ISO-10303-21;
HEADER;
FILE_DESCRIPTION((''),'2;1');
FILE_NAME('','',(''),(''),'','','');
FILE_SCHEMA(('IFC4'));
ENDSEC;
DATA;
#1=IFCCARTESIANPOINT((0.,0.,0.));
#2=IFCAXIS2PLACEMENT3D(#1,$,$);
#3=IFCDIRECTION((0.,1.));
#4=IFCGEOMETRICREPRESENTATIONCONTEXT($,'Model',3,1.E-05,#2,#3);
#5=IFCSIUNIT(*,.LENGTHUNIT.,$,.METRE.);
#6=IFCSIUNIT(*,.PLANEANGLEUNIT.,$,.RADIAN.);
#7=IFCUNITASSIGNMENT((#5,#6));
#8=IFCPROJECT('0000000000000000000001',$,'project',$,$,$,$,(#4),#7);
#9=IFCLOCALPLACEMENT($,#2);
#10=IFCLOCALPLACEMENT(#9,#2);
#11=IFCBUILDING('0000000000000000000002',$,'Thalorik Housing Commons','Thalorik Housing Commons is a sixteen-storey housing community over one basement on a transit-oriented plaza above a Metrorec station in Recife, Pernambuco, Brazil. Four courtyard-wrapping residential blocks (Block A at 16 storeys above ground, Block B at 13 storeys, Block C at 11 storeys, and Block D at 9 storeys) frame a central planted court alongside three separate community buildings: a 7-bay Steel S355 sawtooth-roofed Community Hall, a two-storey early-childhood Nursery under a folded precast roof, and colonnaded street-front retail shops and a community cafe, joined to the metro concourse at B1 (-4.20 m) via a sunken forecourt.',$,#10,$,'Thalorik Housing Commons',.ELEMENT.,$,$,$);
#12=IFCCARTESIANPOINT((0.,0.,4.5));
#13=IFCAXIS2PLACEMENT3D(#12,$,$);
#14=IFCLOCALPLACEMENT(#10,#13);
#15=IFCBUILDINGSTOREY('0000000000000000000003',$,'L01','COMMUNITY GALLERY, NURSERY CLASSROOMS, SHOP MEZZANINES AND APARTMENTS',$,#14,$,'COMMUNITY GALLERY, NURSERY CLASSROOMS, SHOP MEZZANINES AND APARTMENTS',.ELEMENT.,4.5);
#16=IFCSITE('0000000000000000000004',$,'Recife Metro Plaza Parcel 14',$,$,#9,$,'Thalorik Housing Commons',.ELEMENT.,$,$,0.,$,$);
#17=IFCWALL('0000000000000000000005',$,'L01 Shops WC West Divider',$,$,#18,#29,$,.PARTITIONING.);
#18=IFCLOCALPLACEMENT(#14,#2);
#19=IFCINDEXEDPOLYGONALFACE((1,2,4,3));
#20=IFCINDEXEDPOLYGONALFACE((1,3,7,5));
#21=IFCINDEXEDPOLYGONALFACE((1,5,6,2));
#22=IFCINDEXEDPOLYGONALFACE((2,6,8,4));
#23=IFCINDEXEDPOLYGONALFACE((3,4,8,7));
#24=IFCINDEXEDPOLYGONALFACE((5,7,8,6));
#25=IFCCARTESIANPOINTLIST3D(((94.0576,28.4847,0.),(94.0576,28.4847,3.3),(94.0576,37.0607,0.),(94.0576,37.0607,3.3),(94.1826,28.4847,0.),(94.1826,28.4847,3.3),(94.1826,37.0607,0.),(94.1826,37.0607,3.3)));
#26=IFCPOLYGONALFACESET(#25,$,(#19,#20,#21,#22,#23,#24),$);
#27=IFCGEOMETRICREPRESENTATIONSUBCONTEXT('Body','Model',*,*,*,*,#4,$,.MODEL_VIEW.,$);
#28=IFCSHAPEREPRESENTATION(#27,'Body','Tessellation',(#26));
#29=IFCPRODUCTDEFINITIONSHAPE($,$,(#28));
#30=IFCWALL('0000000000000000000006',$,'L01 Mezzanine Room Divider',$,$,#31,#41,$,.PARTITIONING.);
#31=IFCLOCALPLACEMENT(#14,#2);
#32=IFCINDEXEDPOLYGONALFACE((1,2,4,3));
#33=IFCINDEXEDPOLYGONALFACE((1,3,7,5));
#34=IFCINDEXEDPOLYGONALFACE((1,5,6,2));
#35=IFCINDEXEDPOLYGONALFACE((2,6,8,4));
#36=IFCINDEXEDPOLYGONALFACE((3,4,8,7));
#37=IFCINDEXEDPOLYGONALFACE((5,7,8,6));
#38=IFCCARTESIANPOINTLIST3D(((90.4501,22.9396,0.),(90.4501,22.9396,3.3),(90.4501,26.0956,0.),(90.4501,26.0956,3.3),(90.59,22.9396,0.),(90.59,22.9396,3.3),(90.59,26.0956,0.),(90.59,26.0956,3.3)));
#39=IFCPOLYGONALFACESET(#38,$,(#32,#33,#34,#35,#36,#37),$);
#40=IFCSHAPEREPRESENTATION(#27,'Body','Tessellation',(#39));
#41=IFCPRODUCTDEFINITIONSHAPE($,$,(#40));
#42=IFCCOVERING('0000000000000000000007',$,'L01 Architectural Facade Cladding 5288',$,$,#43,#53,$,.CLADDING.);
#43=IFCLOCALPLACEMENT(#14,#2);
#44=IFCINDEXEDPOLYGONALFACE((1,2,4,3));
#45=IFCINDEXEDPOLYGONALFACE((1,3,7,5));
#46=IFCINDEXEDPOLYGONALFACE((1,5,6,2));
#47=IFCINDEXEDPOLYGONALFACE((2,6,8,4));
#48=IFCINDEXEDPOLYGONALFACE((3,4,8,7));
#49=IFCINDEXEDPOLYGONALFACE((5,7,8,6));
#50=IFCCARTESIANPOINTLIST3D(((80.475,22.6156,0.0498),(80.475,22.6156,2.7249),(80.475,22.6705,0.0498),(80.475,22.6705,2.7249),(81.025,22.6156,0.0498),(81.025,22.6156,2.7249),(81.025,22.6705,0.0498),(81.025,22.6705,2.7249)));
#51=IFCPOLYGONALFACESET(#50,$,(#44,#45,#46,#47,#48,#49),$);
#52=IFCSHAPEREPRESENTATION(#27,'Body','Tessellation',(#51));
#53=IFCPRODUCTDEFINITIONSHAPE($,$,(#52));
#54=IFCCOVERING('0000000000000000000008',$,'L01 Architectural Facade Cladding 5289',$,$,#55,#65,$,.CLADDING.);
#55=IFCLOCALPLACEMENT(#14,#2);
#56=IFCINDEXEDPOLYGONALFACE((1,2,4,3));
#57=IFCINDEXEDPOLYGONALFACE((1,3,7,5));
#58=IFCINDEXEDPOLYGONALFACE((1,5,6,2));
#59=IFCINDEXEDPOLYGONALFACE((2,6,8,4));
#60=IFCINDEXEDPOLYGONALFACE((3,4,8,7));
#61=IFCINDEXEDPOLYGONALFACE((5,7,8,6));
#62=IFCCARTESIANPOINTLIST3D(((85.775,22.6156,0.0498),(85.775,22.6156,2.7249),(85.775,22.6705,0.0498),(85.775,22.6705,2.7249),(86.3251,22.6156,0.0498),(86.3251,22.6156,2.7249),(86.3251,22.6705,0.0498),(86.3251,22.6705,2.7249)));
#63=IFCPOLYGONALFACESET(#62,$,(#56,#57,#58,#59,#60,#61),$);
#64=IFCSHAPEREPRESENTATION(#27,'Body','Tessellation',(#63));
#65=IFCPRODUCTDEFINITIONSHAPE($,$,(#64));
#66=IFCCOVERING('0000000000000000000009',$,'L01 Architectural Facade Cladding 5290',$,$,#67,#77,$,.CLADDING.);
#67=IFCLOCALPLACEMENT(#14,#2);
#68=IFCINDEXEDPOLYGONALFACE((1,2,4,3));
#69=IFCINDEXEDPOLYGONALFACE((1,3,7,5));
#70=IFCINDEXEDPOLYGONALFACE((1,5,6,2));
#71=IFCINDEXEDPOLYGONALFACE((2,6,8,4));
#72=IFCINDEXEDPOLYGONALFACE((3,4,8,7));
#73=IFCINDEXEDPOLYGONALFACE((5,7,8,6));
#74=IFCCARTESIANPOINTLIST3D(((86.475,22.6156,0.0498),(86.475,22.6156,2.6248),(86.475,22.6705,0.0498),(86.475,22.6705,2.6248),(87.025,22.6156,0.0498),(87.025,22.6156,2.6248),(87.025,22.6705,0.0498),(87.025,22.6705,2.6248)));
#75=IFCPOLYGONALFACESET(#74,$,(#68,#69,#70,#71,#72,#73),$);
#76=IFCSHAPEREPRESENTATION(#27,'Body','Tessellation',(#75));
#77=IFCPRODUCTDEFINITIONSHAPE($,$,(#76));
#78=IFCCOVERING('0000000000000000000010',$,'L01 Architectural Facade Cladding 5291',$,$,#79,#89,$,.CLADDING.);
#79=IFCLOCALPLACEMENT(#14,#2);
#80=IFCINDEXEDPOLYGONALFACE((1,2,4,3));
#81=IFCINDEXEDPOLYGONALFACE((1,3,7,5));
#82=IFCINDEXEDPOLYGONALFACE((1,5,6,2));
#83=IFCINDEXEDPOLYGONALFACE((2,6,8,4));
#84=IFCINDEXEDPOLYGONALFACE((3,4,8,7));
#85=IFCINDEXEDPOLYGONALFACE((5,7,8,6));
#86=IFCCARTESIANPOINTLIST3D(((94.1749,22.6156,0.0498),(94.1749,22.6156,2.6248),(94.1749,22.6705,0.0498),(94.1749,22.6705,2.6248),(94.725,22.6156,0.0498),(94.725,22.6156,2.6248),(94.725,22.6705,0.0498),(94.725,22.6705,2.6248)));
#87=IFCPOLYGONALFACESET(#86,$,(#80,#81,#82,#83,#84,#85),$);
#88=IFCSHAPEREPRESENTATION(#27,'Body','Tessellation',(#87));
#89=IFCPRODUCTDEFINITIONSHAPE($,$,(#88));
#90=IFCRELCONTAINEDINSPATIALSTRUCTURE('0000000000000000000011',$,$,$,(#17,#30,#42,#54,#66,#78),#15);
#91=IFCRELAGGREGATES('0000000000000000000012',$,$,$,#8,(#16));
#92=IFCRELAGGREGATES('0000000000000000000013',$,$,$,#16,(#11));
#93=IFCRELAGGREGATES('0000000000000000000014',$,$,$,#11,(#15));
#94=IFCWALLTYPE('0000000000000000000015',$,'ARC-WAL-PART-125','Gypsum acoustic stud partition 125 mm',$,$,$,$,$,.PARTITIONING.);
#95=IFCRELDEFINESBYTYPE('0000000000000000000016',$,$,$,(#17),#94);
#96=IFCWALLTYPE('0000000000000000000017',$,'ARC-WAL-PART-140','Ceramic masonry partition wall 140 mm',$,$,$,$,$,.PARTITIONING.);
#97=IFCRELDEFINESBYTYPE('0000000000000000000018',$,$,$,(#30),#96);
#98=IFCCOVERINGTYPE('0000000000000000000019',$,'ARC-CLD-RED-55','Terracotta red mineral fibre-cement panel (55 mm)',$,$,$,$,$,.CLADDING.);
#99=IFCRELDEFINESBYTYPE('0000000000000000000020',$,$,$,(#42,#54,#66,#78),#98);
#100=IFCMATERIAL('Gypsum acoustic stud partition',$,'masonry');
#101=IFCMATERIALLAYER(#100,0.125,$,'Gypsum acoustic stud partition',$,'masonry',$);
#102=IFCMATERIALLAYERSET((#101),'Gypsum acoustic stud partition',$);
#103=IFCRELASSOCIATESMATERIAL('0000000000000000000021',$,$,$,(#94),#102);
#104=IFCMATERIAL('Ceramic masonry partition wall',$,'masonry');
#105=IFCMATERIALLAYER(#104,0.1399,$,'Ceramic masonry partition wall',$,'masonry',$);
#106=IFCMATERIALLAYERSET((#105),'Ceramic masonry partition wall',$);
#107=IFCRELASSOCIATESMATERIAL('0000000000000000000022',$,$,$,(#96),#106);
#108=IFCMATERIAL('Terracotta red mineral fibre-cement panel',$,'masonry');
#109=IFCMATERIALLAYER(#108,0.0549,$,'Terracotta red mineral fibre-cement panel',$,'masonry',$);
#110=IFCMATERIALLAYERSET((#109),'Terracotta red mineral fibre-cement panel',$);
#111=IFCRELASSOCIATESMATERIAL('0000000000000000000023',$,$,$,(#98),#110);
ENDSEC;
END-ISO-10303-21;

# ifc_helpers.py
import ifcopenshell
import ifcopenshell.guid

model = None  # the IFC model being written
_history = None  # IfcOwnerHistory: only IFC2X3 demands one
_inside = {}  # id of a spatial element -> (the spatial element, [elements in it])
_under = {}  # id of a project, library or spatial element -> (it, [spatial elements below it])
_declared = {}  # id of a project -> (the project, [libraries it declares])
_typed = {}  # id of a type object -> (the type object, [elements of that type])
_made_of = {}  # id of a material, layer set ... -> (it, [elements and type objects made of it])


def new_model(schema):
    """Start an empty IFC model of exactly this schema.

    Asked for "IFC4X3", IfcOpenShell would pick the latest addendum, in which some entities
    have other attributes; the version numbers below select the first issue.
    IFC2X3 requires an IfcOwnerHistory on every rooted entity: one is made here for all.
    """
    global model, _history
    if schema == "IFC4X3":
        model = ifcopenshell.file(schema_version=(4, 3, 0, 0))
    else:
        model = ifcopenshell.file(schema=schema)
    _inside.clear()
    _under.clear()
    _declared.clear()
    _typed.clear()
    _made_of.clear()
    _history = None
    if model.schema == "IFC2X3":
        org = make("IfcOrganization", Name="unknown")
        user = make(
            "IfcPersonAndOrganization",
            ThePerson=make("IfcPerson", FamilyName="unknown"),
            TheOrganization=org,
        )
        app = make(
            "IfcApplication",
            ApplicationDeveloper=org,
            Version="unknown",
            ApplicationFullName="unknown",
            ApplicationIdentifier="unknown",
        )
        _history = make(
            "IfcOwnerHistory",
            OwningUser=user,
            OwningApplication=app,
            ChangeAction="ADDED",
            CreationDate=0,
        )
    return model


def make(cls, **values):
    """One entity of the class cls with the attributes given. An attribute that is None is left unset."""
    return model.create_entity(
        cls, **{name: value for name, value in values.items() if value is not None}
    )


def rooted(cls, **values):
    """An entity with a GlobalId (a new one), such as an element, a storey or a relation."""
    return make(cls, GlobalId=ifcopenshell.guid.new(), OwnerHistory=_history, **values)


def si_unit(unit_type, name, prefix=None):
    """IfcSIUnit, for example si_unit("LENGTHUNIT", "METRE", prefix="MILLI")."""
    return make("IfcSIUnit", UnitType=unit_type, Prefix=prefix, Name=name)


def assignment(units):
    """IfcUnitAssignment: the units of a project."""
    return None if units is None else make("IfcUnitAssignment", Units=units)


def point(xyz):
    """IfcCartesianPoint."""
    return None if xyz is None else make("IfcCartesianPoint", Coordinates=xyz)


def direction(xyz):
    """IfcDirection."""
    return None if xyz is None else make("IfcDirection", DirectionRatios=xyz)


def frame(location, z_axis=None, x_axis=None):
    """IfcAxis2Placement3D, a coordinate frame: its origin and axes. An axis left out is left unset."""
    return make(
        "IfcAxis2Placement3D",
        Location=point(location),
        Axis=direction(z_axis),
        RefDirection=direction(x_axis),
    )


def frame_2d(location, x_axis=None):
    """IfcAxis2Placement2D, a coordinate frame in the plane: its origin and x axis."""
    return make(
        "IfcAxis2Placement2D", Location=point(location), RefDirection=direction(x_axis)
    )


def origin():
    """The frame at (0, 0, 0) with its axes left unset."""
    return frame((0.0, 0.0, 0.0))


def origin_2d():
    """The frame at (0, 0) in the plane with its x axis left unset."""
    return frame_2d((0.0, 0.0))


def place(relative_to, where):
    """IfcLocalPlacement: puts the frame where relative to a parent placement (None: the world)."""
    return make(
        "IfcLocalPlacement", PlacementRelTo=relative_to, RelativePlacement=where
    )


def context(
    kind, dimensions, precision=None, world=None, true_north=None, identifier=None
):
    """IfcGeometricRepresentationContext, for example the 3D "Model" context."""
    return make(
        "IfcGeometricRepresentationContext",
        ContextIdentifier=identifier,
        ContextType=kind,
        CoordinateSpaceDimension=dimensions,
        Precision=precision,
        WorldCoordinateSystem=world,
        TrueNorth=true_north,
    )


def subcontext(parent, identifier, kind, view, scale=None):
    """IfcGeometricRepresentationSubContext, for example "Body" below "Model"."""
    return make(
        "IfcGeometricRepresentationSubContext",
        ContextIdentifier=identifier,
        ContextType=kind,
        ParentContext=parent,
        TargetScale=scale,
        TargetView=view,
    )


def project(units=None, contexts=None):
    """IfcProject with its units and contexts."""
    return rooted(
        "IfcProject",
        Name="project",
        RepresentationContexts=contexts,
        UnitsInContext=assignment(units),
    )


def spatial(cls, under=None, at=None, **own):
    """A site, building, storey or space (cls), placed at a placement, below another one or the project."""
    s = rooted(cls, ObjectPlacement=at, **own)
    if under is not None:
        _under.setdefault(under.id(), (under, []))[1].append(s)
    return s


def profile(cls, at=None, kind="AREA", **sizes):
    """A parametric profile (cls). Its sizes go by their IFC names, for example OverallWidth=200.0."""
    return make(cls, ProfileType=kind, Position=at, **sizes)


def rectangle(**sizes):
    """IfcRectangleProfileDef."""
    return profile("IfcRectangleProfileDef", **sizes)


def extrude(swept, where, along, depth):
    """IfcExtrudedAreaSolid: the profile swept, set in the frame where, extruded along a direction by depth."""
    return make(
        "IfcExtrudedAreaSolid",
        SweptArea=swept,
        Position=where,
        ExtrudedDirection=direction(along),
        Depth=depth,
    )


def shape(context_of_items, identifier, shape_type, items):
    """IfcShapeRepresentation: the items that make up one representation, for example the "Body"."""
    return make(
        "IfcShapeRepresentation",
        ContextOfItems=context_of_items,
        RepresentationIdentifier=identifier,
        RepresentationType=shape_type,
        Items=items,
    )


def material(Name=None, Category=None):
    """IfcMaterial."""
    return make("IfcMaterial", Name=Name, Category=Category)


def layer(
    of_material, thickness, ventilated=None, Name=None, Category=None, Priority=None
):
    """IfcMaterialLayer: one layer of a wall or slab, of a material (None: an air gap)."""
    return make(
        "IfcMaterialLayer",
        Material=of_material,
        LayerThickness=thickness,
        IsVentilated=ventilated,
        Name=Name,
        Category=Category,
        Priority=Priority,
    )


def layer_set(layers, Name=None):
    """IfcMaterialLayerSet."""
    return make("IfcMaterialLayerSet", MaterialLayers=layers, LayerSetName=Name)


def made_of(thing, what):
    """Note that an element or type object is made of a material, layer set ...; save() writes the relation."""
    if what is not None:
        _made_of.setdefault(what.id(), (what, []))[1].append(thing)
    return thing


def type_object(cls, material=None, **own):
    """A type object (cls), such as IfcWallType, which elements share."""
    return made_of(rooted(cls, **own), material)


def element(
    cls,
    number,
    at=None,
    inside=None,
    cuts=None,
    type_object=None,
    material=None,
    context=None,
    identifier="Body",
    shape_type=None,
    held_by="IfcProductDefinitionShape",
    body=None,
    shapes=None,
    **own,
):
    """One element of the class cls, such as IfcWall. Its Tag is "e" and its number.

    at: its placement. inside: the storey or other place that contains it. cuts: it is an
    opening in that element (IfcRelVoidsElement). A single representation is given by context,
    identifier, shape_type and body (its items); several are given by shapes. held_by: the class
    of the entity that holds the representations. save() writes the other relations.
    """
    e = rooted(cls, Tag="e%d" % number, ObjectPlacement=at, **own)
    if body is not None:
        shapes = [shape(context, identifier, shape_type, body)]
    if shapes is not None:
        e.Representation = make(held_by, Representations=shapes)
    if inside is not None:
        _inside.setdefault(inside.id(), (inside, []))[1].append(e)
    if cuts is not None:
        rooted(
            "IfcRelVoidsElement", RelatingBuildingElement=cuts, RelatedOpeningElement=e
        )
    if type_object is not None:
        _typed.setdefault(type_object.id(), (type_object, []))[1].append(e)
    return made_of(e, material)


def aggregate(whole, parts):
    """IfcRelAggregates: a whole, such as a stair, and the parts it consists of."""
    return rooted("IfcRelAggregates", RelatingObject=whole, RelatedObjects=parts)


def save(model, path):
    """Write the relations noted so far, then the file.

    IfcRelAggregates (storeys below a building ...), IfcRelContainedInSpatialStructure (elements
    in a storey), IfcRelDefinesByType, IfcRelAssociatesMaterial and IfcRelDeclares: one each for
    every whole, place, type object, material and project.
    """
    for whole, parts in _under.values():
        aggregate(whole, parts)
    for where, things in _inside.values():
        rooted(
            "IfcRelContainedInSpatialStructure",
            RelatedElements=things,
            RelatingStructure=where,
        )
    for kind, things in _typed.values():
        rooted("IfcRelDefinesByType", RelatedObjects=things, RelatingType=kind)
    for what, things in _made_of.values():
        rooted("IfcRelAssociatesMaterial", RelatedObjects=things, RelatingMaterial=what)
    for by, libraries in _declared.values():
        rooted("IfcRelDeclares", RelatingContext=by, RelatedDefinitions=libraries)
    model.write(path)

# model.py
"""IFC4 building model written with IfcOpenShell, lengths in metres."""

from ifc_helpers import new_model, si_unit, direction, frame, frame_2d, origin, origin_2d, place, context, subcontext, project, spatial, rectangle, extrude, material, layer, layer_set, type_object, element, save


model = new_model("IFC4")

# Units and contexts
model_context = context("Model", 3, precision=1e-05, world=origin(), true_north=direction((0.0, 1.0)))
body_context = subcontext(model_context, "Body", "Model", "MODEL_VIEW")
ifc_project = project(units=[si_unit("LENGTHUNIT", "METRE"), si_unit("PLANEANGLEUNIT", "RADIAN")], contexts=[model_context])

# Site, building, storey
site_placement = place(None, origin())
site = spatial("IfcSite", under=ifc_project, at=site_placement, Name="Recife Metro Plaza Parcel 14", LongName="Thalorik Housing Commons", CompositionType="ELEMENT", RefElevation=0.0)
building_placement = place(site_placement, origin())
building = spatial("IfcBuilding", under=site, at=building_placement, Name="Thalorik Housing Commons", Description="Thalorik Housing Commons is a sixteen-storey housing community over one basement on a transit-oriented plaza above a Metrorec station in Recife, Pernambuco, Brazil. Four courtyard-wrapping residential blocks (Block A at 16 storeys above ground, Block B at 13 storeys, Block C at 11 storeys, and Block D at 9 storeys) frame a central planted court alongside three separate community buildings: a 7-bay Steel S355 sawtooth-roofed Community Hall, a two-storey early-childhood Nursery under a folded precast roof, and colonnaded street-front retail shops and a community cafe, joined to the metro concourse at B1 (-4.20 m) via a sunken forecourt.", LongName="Thalorik Housing Commons", CompositionType="ELEMENT")
storey_placement = place(building_placement, frame((0.0, 0.0, 4.5)))
storey = spatial("IfcBuildingStorey", under=building, at=storey_placement, Name="L01", Description="COMMUNITY GALLERY, NURSERY CLASSROOMS, SHOP MEZZANINES AND APARTMENTS", LongName="COMMUNITY GALLERY, NURSERY CLASSROOMS, SHOP MEZZANINES AND APARTMENTS", CompositionType="ELEMENT", Elevation=4.5)

# Walls
ifc_material_1 = material(Name="Gypsum acoustic stud partition", Category="masonry")
ifc_layer_1 = layer(ifc_material_1, 0.125, Name="Gypsum acoustic stud partition", Category="masonry")
ifc_layer_set_1 = layer_set([ifc_layer_1], Name="Gypsum acoustic stud partition")
wall_type_1 = type_object("IfcWallType", Name="ARC-WAL-PART-125", Description="Gypsum acoustic stud partition 125 mm", PredefinedType="PARTITIONING", material=ifc_layer_set_1)
wall_1_placement = place(storey_placement, frame((94.1201, 28.4846, 0.0), z_axis=(0.0, 0.0, 1.0), x_axis=(0.0, 1.0, 0.0)))
element("IfcWall", 1, at=wall_1_placement, inside=storey, type_object=wall_type_1, Name="L01 Shops WC West Divider", PredefinedType="PARTITIONING", context=body_context, shape_type="SweptSolid", body=[
    extrude(rectangle(XDim=8.5759, YDim=0.125, at=frame_2d((4.2881, 0.0))), origin(), (0.0, 0.0, 1.0), 3.3),
])
ifc_material_2 = material(Name="Ceramic masonry partition wall", Category="masonry")
ifc_layer_2 = layer(ifc_material_2, 0.1399, Name="Ceramic masonry partition wall", Category="masonry")
ifc_layer_set_2 = layer_set([ifc_layer_2], Name="Ceramic masonry partition wall")
wall_type_2 = type_object("IfcWallType", Name="ARC-WAL-PART-140", Description="Ceramic masonry partition wall 140 mm", PredefinedType="PARTITIONING", material=ifc_layer_set_2)
wall_2_placement = place(storey_placement, frame((90.52, 22.9395, 0.0), z_axis=(0.0, 0.0, 1.0), x_axis=(0.0, 1.0, 0.0)))
element("IfcWall", 2, at=wall_2_placement, inside=storey, type_object=wall_type_2, Name="L01 Mezzanine Room Divider", PredefinedType="PARTITIONING", context=body_context, shape_type="SweptSolid", body=[
    extrude(rectangle(XDim=3.156, YDim=0.1399, at=frame_2d((1.5781, 0.0))), origin(), (0.0, 0.0, 1.0), 3.3),
])

# Coverings
ifc_material_3 = material(Name="Terracotta red mineral fibre-cement panel", Category="masonry")
ifc_layer_3 = layer(ifc_material_3, 0.0549, Name="Terracotta red mineral fibre-cement panel", Category="masonry")
ifc_layer_set_3 = layer_set([ifc_layer_3], Name="Terracotta red mineral fibre-cement panel")
covering_type = type_object("IfcCoveringType", Name="ARC-CLD-RED-55", Description="Terracotta red mineral fibre-cement panel (55 mm)", PredefinedType="CLADDING", material=ifc_layer_set_3)
for number, where, z_axis, x_axis, name in (
    (3, (80.75, 22.6431, 0.0498), (0.0, 0.0, 1.0), (1.0, 0.0, 0.0), "L01 Architectural Facade Cladding 5288"),
    (4, (86.05, 22.6431, 0.0498), (0.0, 0.0, 1.0), (1.0, 0.0, 0.0), "L01 Architectural Facade Cladding 5289"),
):
    element("IfcCovering", number, at=place(storey_placement, frame(where, z_axis=z_axis, x_axis=x_axis)), inside=storey, type_object=covering_type, Name=name, PredefinedType="CLADDING", context=body_context, shape_type="SweptSolid", body=[
        extrude(rectangle(XDim=0.55, YDim=0.0549, at=origin_2d()), origin(), (0.0, 0.0, 1.0), 2.675),
    ])
for number, where, z_axis, x_axis, name in (
    (5, (86.75, 22.6431, 0.0498), (0.0, 0.0, 1.0), (1.0, 0.0, 0.0), "L01 Architectural Facade Cladding 5290"),
    (6, (94.45, 22.6431, 0.0498), (0.0, 0.0, 1.0), (1.0, 0.0, 0.0), "L01 Architectural Facade Cladding 5291"),
):
    element("IfcCovering", number, at=place(storey_placement, frame(where, z_axis=z_axis, x_axis=x_axis)), inside=storey, type_object=covering_type, Name=name, PredefinedType="CLADDING", context=body_context, shape_type="SweptSolid", body=[
        extrude(rectangle(XDim=0.55, YDim=0.0549, at=origin_2d()), origin(), (0.0, 0.0, 1.0), 2.575),
    ])

save(model, "model.ifc")
